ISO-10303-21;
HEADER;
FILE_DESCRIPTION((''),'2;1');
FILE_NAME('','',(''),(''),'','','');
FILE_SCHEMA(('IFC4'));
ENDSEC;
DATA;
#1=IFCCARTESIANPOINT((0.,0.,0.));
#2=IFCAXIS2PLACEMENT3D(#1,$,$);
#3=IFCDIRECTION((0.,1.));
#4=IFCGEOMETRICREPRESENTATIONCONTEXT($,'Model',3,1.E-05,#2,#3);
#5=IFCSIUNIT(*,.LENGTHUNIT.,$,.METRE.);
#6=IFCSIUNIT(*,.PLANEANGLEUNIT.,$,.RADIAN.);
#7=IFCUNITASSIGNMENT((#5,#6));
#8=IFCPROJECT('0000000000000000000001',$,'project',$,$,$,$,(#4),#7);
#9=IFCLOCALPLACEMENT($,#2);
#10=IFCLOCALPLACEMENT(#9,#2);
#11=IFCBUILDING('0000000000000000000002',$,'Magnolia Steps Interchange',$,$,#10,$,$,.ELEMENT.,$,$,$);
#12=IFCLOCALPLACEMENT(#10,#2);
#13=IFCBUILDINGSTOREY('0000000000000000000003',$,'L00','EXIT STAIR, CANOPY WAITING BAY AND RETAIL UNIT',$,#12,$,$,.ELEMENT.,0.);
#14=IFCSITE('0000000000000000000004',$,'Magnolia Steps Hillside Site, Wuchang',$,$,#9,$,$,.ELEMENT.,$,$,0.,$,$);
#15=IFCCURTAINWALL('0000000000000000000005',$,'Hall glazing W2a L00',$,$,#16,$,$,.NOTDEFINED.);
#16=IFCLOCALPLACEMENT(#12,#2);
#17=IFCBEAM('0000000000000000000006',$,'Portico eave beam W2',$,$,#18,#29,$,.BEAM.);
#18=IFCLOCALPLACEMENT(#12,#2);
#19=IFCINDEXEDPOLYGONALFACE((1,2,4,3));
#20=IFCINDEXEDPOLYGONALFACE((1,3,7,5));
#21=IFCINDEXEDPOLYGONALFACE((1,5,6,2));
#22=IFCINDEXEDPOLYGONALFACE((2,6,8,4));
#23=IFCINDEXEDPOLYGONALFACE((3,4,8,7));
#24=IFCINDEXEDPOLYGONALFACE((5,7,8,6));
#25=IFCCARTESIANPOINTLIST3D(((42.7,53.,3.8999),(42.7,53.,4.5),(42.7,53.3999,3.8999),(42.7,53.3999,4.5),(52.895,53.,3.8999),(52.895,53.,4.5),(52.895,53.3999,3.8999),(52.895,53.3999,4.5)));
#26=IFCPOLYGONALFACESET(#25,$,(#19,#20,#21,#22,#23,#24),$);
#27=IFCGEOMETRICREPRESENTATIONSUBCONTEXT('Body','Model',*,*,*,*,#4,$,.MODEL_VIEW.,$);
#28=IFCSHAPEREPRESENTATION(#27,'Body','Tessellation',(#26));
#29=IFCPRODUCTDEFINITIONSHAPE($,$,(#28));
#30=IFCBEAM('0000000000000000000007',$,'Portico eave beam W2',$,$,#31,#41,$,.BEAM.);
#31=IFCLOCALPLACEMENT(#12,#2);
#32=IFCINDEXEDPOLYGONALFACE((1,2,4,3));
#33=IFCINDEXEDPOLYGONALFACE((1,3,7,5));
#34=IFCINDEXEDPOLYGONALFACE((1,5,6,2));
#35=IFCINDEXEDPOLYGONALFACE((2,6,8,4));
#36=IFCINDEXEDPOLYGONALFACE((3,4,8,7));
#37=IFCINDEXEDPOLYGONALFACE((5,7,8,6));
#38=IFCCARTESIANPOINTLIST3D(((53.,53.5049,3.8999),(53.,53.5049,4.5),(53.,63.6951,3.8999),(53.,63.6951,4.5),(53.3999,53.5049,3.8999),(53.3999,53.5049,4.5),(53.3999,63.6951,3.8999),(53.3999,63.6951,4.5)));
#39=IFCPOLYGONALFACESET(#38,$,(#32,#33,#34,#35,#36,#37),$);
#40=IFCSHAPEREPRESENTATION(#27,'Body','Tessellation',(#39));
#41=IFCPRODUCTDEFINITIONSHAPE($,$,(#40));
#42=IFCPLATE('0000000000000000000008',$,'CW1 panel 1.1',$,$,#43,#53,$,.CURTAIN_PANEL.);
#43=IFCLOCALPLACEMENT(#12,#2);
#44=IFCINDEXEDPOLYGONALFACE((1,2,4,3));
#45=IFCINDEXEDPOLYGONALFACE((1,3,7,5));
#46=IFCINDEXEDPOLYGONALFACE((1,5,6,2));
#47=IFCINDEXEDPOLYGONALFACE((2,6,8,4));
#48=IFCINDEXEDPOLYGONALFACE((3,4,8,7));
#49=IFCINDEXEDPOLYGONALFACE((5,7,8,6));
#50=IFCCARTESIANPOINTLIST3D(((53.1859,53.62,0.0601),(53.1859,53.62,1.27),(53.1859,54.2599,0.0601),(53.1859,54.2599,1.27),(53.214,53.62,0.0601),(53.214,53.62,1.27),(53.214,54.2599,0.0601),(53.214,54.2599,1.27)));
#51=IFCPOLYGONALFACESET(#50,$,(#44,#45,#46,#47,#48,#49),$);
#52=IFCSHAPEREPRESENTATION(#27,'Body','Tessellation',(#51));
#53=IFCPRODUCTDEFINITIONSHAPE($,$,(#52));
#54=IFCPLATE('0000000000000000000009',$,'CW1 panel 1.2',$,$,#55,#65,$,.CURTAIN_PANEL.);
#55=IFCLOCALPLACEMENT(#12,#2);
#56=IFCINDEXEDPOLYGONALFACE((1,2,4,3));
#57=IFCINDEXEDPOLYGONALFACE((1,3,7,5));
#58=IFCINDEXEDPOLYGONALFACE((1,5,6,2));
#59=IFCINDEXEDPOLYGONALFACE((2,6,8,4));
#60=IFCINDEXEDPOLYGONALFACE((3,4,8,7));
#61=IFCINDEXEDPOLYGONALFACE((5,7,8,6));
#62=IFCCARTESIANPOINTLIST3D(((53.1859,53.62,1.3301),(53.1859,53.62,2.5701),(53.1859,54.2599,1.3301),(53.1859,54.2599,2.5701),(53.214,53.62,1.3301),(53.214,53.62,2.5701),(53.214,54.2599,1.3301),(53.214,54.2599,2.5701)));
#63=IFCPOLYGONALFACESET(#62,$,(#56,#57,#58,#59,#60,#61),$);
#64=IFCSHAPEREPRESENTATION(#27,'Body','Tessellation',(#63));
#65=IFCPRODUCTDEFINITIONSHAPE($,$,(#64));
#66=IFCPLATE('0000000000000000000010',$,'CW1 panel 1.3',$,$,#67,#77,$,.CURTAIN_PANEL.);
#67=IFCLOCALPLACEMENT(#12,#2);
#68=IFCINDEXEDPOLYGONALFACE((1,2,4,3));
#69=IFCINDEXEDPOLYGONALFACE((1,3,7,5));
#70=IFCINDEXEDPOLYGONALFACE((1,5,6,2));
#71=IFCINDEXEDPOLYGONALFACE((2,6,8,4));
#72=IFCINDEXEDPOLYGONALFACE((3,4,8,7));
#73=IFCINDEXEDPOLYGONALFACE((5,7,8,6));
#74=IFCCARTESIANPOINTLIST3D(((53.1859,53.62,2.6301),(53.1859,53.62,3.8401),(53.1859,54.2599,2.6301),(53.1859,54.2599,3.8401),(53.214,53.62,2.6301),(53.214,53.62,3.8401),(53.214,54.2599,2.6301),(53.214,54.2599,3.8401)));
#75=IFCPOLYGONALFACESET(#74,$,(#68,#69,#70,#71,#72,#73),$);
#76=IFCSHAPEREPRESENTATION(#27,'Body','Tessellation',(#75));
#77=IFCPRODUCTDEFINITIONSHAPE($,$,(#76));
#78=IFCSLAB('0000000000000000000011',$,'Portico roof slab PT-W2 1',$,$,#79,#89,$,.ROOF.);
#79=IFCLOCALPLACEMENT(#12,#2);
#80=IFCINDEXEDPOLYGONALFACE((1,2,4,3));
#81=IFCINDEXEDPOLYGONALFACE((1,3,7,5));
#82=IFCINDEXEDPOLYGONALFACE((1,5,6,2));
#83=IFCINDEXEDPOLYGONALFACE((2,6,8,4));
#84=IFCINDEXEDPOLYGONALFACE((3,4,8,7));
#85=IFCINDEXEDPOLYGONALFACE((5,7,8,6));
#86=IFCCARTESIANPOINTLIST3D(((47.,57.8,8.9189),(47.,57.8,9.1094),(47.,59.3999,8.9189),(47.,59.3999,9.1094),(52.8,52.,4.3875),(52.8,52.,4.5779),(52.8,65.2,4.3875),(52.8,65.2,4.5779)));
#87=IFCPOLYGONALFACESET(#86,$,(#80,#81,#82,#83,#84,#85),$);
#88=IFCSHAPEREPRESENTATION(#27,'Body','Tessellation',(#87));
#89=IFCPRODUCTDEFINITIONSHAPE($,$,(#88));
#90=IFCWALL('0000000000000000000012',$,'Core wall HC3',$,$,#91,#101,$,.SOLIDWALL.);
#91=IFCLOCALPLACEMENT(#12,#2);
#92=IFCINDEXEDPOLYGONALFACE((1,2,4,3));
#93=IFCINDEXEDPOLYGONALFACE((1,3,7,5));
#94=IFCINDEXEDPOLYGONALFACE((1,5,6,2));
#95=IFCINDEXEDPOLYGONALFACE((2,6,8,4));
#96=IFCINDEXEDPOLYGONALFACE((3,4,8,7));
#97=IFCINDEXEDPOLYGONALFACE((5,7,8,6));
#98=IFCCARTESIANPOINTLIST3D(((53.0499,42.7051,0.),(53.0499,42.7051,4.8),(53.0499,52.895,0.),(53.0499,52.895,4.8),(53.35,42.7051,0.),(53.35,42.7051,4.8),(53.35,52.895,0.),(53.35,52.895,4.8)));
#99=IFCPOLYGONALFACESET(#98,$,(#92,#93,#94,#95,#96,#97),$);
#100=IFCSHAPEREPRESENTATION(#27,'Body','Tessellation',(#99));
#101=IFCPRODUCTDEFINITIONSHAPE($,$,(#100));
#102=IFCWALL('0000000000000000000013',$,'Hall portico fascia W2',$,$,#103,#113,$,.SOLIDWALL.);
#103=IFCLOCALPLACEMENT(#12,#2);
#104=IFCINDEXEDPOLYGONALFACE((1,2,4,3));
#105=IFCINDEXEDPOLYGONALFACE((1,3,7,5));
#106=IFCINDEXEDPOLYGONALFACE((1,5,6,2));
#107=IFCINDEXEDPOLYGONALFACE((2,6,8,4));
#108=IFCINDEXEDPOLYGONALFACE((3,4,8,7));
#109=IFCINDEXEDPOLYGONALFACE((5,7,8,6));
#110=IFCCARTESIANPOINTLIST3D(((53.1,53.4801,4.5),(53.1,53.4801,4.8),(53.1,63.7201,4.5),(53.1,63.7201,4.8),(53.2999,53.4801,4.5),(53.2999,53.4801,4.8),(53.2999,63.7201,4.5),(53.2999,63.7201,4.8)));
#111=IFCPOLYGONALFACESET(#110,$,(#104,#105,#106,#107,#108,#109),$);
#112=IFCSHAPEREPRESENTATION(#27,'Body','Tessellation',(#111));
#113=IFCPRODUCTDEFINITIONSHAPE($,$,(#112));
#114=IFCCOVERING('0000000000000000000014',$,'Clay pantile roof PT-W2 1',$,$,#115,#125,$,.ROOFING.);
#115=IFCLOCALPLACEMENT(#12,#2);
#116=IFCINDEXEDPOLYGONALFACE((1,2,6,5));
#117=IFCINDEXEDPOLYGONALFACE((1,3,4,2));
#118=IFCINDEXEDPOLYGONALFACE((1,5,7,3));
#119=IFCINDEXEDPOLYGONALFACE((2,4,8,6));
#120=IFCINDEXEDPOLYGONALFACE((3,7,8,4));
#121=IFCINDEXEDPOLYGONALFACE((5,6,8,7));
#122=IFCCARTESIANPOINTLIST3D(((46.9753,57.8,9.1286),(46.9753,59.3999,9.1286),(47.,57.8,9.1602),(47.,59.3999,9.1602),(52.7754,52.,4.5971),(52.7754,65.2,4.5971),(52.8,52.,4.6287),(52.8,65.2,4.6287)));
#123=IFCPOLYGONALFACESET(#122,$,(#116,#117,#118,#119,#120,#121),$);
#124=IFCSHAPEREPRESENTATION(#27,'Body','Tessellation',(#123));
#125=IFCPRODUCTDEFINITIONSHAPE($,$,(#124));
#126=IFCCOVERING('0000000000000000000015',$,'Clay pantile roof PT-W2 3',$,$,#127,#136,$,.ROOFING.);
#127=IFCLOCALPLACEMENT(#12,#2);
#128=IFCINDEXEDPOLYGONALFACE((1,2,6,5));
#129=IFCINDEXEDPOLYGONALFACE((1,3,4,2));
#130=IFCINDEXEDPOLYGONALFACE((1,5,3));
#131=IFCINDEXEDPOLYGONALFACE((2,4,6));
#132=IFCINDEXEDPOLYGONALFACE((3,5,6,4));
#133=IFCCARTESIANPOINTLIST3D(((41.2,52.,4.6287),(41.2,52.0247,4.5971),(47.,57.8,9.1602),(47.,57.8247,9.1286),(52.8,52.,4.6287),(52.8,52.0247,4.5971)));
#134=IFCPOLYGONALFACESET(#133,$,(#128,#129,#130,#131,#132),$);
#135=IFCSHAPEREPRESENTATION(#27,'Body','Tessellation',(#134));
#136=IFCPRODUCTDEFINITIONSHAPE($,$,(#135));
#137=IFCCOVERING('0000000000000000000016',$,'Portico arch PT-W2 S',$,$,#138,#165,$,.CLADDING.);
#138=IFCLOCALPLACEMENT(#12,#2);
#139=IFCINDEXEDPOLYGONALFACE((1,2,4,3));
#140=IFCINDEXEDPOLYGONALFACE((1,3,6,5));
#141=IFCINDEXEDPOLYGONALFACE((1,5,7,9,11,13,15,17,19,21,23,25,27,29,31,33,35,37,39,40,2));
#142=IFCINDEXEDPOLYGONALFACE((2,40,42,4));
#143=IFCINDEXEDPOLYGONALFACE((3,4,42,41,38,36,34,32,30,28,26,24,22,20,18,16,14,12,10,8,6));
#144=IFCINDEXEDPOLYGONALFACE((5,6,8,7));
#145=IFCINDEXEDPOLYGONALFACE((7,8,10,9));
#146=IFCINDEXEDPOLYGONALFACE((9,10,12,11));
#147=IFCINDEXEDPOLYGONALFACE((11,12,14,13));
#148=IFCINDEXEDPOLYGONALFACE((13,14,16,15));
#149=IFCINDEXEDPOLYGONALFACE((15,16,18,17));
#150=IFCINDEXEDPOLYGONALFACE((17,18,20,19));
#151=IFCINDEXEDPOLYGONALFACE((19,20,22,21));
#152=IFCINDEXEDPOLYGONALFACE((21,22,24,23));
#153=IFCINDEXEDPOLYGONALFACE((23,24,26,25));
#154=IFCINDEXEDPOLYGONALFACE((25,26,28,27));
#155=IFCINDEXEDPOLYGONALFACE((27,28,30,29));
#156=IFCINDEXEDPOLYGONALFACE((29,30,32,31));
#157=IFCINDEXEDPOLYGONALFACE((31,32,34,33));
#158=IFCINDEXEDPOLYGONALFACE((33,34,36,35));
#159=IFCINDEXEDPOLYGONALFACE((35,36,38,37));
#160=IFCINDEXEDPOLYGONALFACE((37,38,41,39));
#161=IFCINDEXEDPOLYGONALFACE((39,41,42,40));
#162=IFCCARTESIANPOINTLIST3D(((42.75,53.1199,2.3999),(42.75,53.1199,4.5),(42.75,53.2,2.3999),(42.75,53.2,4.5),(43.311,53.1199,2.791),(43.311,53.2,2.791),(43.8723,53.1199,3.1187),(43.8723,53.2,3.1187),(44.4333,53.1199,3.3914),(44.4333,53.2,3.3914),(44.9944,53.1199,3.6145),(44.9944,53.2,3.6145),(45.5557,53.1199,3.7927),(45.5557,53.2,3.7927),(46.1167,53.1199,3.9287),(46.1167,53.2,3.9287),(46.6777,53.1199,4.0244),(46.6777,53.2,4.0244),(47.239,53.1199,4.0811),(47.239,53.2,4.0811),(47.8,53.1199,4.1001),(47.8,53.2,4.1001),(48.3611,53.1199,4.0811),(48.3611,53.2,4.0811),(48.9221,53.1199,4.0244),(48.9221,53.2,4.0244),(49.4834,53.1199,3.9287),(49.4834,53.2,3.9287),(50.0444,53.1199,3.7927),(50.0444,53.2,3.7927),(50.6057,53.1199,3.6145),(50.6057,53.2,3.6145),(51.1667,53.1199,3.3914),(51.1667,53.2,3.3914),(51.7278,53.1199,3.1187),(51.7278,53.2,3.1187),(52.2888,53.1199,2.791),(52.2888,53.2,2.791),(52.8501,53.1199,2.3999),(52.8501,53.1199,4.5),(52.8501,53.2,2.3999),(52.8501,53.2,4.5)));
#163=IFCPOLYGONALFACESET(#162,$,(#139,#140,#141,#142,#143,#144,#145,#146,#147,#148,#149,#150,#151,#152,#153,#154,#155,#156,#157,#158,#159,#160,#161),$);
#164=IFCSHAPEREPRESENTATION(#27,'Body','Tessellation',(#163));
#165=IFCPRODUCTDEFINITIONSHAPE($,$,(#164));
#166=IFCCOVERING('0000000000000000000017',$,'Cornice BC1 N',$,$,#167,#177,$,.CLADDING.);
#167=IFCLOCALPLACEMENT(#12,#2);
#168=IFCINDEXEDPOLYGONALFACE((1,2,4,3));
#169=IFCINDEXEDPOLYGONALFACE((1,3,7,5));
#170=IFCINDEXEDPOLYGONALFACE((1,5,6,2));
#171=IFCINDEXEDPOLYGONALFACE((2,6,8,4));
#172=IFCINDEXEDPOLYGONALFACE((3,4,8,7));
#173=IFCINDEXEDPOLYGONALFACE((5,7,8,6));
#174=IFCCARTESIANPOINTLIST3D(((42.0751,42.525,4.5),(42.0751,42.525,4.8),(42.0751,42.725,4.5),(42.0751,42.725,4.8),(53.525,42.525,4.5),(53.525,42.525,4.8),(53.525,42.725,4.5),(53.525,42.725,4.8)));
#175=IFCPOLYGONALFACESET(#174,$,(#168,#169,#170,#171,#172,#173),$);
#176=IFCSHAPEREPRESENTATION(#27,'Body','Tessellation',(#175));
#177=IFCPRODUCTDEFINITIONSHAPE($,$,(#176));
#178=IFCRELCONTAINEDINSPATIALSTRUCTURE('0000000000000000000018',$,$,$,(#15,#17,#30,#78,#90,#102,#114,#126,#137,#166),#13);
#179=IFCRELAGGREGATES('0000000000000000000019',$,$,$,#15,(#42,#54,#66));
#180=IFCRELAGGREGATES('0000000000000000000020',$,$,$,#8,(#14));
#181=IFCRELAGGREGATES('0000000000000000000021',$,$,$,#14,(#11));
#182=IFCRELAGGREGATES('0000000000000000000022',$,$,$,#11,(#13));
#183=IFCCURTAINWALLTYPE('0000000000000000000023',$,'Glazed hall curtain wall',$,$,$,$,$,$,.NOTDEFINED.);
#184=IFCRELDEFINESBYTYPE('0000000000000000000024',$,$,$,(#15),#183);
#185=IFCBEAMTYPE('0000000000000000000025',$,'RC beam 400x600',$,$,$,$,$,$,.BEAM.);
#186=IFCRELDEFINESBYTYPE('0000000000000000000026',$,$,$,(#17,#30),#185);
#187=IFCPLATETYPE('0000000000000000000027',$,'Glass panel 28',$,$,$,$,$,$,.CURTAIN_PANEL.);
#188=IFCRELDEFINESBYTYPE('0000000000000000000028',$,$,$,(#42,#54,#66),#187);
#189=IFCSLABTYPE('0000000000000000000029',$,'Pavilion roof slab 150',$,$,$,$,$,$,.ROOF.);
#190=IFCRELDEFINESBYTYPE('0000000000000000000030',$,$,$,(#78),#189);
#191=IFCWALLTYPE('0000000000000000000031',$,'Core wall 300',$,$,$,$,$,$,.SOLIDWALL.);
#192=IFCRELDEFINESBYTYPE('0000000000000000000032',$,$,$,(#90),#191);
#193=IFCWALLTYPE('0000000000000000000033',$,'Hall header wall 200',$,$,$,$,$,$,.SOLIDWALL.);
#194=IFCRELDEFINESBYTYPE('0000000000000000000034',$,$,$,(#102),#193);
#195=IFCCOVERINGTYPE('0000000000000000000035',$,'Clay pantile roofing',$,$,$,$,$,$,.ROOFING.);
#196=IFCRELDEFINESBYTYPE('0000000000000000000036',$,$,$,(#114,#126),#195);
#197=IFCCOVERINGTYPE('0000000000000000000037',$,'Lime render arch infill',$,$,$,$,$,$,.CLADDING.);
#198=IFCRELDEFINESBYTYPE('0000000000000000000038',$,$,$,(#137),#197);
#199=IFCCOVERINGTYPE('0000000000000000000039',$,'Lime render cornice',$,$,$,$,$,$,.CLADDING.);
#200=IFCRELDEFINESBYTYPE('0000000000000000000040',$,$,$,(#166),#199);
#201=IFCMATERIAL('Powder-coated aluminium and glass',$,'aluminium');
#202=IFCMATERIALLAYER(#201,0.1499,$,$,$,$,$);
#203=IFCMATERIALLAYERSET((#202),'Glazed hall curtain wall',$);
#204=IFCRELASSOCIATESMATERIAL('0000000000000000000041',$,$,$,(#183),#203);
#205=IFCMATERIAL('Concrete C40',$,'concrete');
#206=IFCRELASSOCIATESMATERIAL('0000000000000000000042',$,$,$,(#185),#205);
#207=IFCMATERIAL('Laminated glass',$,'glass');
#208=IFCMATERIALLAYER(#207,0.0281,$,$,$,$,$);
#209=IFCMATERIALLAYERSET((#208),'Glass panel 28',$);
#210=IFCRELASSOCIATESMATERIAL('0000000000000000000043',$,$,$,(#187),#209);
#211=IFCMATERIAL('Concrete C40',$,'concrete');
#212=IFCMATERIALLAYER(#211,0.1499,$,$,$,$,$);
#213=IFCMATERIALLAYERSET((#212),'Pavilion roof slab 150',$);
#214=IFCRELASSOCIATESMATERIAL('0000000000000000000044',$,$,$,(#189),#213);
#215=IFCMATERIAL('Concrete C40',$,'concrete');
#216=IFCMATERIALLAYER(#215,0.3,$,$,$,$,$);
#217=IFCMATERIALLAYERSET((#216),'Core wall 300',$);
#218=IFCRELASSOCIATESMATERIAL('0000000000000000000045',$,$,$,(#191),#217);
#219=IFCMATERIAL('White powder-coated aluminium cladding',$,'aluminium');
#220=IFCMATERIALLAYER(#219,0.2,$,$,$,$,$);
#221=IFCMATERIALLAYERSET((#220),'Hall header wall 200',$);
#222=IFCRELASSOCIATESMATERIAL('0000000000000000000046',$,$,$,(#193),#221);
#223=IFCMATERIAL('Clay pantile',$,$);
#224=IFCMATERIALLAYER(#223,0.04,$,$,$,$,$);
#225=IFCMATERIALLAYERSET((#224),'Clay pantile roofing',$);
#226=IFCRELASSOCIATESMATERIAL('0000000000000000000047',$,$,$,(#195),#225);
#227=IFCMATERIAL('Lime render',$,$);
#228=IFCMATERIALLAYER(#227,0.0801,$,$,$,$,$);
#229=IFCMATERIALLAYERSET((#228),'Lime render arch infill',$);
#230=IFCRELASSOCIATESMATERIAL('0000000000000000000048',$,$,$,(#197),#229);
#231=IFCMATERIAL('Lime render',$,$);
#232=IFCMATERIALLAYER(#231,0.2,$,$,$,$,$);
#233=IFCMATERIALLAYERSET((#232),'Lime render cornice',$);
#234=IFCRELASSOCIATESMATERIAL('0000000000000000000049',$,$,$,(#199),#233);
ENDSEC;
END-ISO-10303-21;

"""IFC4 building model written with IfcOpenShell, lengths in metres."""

from ifc_helpers import new_model, si_unit, direction, frame, frame_2d, origin, origin_2d, place, context, subcontext, project, spatial, polyline, rectangle, outline, extrude, material, layer, layer_set, material_profile, profile_set, type_object, element, aggregate, save


model = new_model("IFC4")

# Units and contexts
model_context = context("Model", 3, precision=1e-05, world=origin(), true_north=direction((0.0, 1.0)))
body_context = subcontext(model_context, "Body", "Model", "MODEL_VIEW")
ifc_project = project(units=[si_unit("LENGTHUNIT", "METRE"), si_unit("PLANEANGLEUNIT", "RADIAN")], contexts=[model_context])

# Site, building, storey
site_placement = place(None, origin())
site = spatial("IfcSite", under=ifc_project, at=site_placement, Name="Magnolia Steps Hillside Site, Wuchang", CompositionType="ELEMENT", RefElevation=0.0)
building_placement = place(site_placement, origin())
building = spatial("IfcBuilding", under=site, at=building_placement, Name="Magnolia Steps Interchange", CompositionType="ELEMENT")
storey_placement = place(building_placement, origin())
storey = spatial("IfcBuildingStorey", under=building, at=storey_placement, Name="L00", Description="EXIT STAIR, CANOPY WAITING BAY AND RETAIL UNIT", CompositionType="ELEMENT", Elevation=0.0)

# Curtain wall
ifc_material_1 = material(Name="Powder-coated aluminium and glass", Category="aluminium")
ifc_layer_1 = layer(ifc_material_1, 0.1499)
ifc_layer_set_1 = layer_set([ifc_layer_1], Name="Glazed hall curtain wall")
curtain_wall_type = type_object("IfcCurtainWallType", Name="Glazed hall curtain wall", PredefinedType="NOTDEFINED", material=ifc_layer_set_1)
curtain_wall_1_placement = place(storey_placement, origin())
curtain_wall_1 = element("IfcCurtainWall", 1, at=curtain_wall_1_placement, inside=storey, type_object=curtain_wall_type, Name="Hall glazing W2a L00", PredefinedType="NOTDEFINED")

# Beams
ifc_material_2 = material(Name="Concrete C40", Category="concrete")
ifc_material_profile_1 = material_profile(ifc_material_2, rectangle(XDim=0.3999, YDim=0.6001, at=origin_2d()), Name="RC400x600")
ifc_profile_set_1 = profile_set([ifc_material_profile_1], Name="Concrete C40")
beam_type = type_object("IfcBeamType", Name="RC beam 400x600", PredefinedType="BEAM", material=ifc_profile_set_1)
beam_1_placement = place(storey_placement, frame((42.7, 53.2, 4.2), z_axis=(1.0, 0.0, 0.0), x_axis=(0.0, 1.0, 0.0)))
element("IfcBeam", 2, at=beam_1_placement, inside=storey, type_object=beam_type, Name="Portico eave beam W2", PredefinedType="BEAM", context=body_context, shape_type="SweptSolid", body=[
    extrude(rectangle(XDim=0.3999, YDim=0.6001, at=origin_2d()), origin(), (0.0, 0.0, 1.0), 10.1951),
])
beam_2_placement = place(storey_placement, frame((53.2, 53.5049, 4.2), z_axis=(0.0, 1.0, 0.0), x_axis=(-1.0, 0.0, 0.0)))
element("IfcBeam", 3, at=beam_2_placement, inside=storey, type_object=beam_type, Name="Portico eave beam W2", PredefinedType="BEAM", context=body_context, shape_type="SweptSolid", body=[
    extrude(rectangle(XDim=0.3999, YDim=0.6001, at=origin_2d()), origin(), (0.0, 0.0, 1.0), 10.1902),
])

# Plates
ifc_material_3 = material(Name="Laminated glass", Category="glass")
ifc_layer_2 = layer(ifc_material_3, 0.0281)
ifc_layer_set_2 = layer_set([ifc_layer_2], Name="Glass panel 28")
plate_type = type_object("IfcPlateType", Name="Glass panel 28", PredefinedType="CURTAIN_PANEL", material=ifc_layer_set_2)
plate_1_placement = place(storey_placement, frame((53.2, 53.9399, 0.0601), z_axis=(0.0, 0.0, 1.0), x_axis=(0.0, 1.0, 0.0)))
plate_1 = element("IfcPlate", 4, at=plate_1_placement, type_object=plate_type, Name="CW1 panel 1.1", PredefinedType="CURTAIN_PANEL", context=body_context, shape_type="SweptSolid", body=[
    extrude(rectangle(XDim=0.6399, YDim=0.0281, at=origin_2d()), origin(), (0.0, 0.0, 1.0), 1.21),
])
plate_2_placement = place(storey_placement, frame((53.2, 53.9399, 1.3301), z_axis=(0.0, 0.0, 1.0), x_axis=(0.0, 1.0, 0.0)))
plate_2 = element("IfcPlate", 5, at=plate_2_placement, type_object=plate_type, Name="CW1 panel 1.2", PredefinedType="CURTAIN_PANEL", context=body_context, shape_type="SweptSolid", body=[
    extrude(rectangle(XDim=0.6399, YDim=0.0281, at=origin_2d()), origin(), (0.0, 0.0, 1.0), 1.24),
])
plate_3_placement = place(storey_placement, frame((53.2, 53.9399, 2.6301), z_axis=(0.0, 0.0, 1.0), x_axis=(0.0, 1.0, 0.0)))
plate_3 = element("IfcPlate", 6, at=plate_3_placement, type_object=plate_type, Name="CW1 panel 1.3", PredefinedType="CURTAIN_PANEL", context=body_context, shape_type="SweptSolid", body=[
    extrude(rectangle(XDim=0.6399, YDim=0.0281, at=origin_2d()), origin(), (0.0, 0.0, 1.0), 1.21),
])
aggregate(curtain_wall_1, [plate_1, plate_2, plate_3])

# Slab
ifc_material_4 = material(Name="Concrete C40", Category="concrete")
ifc_layer_3 = layer(ifc_material_4, 0.1499)
ifc_layer_set_3 = layer_set([ifc_layer_3], Name="Pavilion roof slab 150")
slab_type = type_object("IfcSlabType", Name="Pavilion roof slab 150", PredefinedType="ROOF", material=ifc_layer_set_3)
slab_placement = place(storey_placement, frame((52.8, 52.0, 4.5779), z_axis=(0.615661, 0.0, 0.788011), x_axis=(0.0, 1.0, 0.0)))
element("IfcSlab", 7, at=slab_placement, inside=storey, type_object=slab_type, Name="Portico roof slab PT-W2 1", PredefinedType="ROOF", context=body_context, shape_type="SweptSolid", body=[
    extrude(outline(polyline([(0.0, 0.0), (13.2, 0.0), (7.3999, 7.3604), (5.8, 7.3604), (0.0, 0.0)])), origin(), (0.0, -0.615661, -0.788011), 0.1904),
])

# Wall
ifc_material_5 = material(Name="Concrete C40", Category="concrete")
ifc_layer_4 = layer(ifc_material_5, 0.3)
ifc_layer_set_4 = layer_set([ifc_layer_4], Name="Core wall 300")
wall_type_1 = type_object("IfcWallType", Name="Core wall 300", PredefinedType="SOLIDWALL", material=ifc_layer_set_4)
wall_1_placement = place(storey_placement, frame((53.2, 52.895, 0.0), z_axis=(0.0, 0.0, 1.0), x_axis=(0.0, -1.0, 0.0)))
element("IfcWall", 8, at=wall_1_placement, inside=storey, type_object=wall_type_1, Name="Core wall HC3", PredefinedType="SOLIDWALL", context=body_context, shape_type="SweptSolid", body=[
    extrude(rectangle(XDim=10.1899, YDim=0.3, at=frame_2d((5.095, 0.0))), origin(), (0.0, 0.0, 1.0), 4.8),
])

# Wall
ifc_material_6 = material(Name="White powder-coated aluminium cladding", Category="aluminium")
ifc_layer_5 = layer(ifc_material_6, 0.2)
ifc_layer_set_5 = layer_set([ifc_layer_5], Name="Hall header wall 200")
wall_type_2 = type_object("IfcWallType", Name="Hall header wall 200", PredefinedType="SOLIDWALL", material=ifc_layer_set_5)
wall_2_placement = place(storey_placement, frame((53.2, 53.48, 4.5), z_axis=(0.0, 0.0, 1.0), x_axis=(0.0, 1.0, 0.0)))
element("IfcWall", 9, at=wall_2_placement, inside=storey, type_object=wall_type_2, Name="Hall portico fascia W2", PredefinedType="SOLIDWALL", context=body_context, shape_type="SweptSolid", body=[
    extrude(rectangle(XDim=10.24, YDim=0.2, at=frame_2d((5.1201, 0.0))), origin(), (0.0, 0.0, 1.0), 0.3),
])

# Coverings
ifc_material_7 = material(Name="Clay pantile")
ifc_layer_6 = layer(ifc_material_7, 0.04)
ifc_layer_set_6 = layer_set([ifc_layer_6], Name="Clay pantile roofing")
covering_type_1 = type_object("IfcCoveringType", Name="Clay pantile roofing", PredefinedType="ROOFING", material=ifc_layer_set_6)
covering_1_placement = place(storey_placement, frame((52.8, 52.0, 4.6287), z_axis=(0.615661, 0.0, 0.788011), x_axis=(0.0, 1.0, 0.0)))
element("IfcCovering", 10, at=covering_1_placement, inside=storey, type_object=covering_type_1, Name="Clay pantile roof PT-W2 1", PredefinedType="ROOFING", context=body_context, shape_type="SweptSolid", body=[
    extrude(outline(polyline([(0.0, 0.0), (13.2, 0.0), (7.3999, 7.3604), (5.8, 7.3604), (0.0, 0.0)])), origin(), (0.0, 0.0, -1.0), 0.04),
])
covering_2_placement = place(storey_placement, frame((41.2, 52.0, 4.6287), z_axis=(0.0, -0.615661, 0.788011), x_axis=(1.0, 0.0, 0.0)))
element("IfcCovering", 11, at=covering_2_placement, inside=storey, type_object=covering_type_1, Name="Clay pantile roof PT-W2 3", PredefinedType="ROOFING", context=body_context, shape_type="SweptSolid", body=[
    extrude(outline(polyline([(0.0, 0.0), (11.6001, 0.0), (5.8, 7.3604), (0.0, 0.0)])), origin(), (0.0, 0.0, -1.0), 0.04),
])
ifc_material_8 = material(Name="Lime render")
ifc_layer_7 = layer(ifc_material_8, 0.0801)
ifc_layer_set_7 = layer_set([ifc_layer_7], Name="Lime render arch infill")
covering_type_2 = type_object("IfcCoveringType", Name="Lime render arch infill", PredefinedType="CLADDING", material=ifc_layer_set_7)
covering_3_placement = place(storey_placement, frame((42.75, 53.2, 2.3999), z_axis=(0.0, 1.0, 0.0), x_axis=(0.0, 0.0, 1.0)))
element("IfcCovering", 12, at=covering_3_placement, inside=storey, type_object=covering_type_2, Name="Portico arch PT-W2 S", PredefinedType="CLADDING", context=body_context, shape_type="SweptSolid", body=[
    extrude(outline(polyline([(0.0, 0.0), (2.1001, 0.0), (2.1001, 10.1001), (0.0, 10.1001), (0.3911, 9.5388), (0.7188, 8.9778), (0.9915, 8.4167), (1.2146, 7.8557), (1.3928, 7.2944), (1.5288, 6.7334), (1.6245, 6.1721), (1.6812, 5.6111), (1.7002, 5.05), (1.6812, 4.489), (1.6245, 3.9277), (1.5288, 3.3667), (1.3928, 2.8057), (1.2146, 2.2444), (0.9915, 1.6833), (0.7188, 1.1223), (0.3911, 0.561), (0.0, 0.0)])), origin(), (0.0, 0.0, -1.0), 0.0801),
])
ifc_material_9 = material(Name="Lime render")
ifc_layer_8 = layer(ifc_material_9, 0.2)
ifc_layer_set_8 = layer_set([ifc_layer_8], Name="Lime render cornice")
covering_type_3 = type_object("IfcCoveringType", Name="Lime render cornice", PredefinedType="CLADDING", material=ifc_layer_set_8)
covering_4_placement = place(storey_placement, frame((47.8, 42.625, 4.5), z_axis=(0.0, 0.0, 1.0), x_axis=(1.0, 0.0, 0.0)))
element("IfcCovering", 13, at=covering_4_placement, inside=storey, type_object=covering_type_3, Name="Cornice BC1 N", PredefinedType="CLADDING", context=body_context, shape_type="SweptSolid", body=[
    extrude(rectangle(XDim=11.45, YDim=0.2, at=origin_2d()), origin(), (0.0, 0.0, 1.0), 0.3),
])

save(model, "model.ifc")
